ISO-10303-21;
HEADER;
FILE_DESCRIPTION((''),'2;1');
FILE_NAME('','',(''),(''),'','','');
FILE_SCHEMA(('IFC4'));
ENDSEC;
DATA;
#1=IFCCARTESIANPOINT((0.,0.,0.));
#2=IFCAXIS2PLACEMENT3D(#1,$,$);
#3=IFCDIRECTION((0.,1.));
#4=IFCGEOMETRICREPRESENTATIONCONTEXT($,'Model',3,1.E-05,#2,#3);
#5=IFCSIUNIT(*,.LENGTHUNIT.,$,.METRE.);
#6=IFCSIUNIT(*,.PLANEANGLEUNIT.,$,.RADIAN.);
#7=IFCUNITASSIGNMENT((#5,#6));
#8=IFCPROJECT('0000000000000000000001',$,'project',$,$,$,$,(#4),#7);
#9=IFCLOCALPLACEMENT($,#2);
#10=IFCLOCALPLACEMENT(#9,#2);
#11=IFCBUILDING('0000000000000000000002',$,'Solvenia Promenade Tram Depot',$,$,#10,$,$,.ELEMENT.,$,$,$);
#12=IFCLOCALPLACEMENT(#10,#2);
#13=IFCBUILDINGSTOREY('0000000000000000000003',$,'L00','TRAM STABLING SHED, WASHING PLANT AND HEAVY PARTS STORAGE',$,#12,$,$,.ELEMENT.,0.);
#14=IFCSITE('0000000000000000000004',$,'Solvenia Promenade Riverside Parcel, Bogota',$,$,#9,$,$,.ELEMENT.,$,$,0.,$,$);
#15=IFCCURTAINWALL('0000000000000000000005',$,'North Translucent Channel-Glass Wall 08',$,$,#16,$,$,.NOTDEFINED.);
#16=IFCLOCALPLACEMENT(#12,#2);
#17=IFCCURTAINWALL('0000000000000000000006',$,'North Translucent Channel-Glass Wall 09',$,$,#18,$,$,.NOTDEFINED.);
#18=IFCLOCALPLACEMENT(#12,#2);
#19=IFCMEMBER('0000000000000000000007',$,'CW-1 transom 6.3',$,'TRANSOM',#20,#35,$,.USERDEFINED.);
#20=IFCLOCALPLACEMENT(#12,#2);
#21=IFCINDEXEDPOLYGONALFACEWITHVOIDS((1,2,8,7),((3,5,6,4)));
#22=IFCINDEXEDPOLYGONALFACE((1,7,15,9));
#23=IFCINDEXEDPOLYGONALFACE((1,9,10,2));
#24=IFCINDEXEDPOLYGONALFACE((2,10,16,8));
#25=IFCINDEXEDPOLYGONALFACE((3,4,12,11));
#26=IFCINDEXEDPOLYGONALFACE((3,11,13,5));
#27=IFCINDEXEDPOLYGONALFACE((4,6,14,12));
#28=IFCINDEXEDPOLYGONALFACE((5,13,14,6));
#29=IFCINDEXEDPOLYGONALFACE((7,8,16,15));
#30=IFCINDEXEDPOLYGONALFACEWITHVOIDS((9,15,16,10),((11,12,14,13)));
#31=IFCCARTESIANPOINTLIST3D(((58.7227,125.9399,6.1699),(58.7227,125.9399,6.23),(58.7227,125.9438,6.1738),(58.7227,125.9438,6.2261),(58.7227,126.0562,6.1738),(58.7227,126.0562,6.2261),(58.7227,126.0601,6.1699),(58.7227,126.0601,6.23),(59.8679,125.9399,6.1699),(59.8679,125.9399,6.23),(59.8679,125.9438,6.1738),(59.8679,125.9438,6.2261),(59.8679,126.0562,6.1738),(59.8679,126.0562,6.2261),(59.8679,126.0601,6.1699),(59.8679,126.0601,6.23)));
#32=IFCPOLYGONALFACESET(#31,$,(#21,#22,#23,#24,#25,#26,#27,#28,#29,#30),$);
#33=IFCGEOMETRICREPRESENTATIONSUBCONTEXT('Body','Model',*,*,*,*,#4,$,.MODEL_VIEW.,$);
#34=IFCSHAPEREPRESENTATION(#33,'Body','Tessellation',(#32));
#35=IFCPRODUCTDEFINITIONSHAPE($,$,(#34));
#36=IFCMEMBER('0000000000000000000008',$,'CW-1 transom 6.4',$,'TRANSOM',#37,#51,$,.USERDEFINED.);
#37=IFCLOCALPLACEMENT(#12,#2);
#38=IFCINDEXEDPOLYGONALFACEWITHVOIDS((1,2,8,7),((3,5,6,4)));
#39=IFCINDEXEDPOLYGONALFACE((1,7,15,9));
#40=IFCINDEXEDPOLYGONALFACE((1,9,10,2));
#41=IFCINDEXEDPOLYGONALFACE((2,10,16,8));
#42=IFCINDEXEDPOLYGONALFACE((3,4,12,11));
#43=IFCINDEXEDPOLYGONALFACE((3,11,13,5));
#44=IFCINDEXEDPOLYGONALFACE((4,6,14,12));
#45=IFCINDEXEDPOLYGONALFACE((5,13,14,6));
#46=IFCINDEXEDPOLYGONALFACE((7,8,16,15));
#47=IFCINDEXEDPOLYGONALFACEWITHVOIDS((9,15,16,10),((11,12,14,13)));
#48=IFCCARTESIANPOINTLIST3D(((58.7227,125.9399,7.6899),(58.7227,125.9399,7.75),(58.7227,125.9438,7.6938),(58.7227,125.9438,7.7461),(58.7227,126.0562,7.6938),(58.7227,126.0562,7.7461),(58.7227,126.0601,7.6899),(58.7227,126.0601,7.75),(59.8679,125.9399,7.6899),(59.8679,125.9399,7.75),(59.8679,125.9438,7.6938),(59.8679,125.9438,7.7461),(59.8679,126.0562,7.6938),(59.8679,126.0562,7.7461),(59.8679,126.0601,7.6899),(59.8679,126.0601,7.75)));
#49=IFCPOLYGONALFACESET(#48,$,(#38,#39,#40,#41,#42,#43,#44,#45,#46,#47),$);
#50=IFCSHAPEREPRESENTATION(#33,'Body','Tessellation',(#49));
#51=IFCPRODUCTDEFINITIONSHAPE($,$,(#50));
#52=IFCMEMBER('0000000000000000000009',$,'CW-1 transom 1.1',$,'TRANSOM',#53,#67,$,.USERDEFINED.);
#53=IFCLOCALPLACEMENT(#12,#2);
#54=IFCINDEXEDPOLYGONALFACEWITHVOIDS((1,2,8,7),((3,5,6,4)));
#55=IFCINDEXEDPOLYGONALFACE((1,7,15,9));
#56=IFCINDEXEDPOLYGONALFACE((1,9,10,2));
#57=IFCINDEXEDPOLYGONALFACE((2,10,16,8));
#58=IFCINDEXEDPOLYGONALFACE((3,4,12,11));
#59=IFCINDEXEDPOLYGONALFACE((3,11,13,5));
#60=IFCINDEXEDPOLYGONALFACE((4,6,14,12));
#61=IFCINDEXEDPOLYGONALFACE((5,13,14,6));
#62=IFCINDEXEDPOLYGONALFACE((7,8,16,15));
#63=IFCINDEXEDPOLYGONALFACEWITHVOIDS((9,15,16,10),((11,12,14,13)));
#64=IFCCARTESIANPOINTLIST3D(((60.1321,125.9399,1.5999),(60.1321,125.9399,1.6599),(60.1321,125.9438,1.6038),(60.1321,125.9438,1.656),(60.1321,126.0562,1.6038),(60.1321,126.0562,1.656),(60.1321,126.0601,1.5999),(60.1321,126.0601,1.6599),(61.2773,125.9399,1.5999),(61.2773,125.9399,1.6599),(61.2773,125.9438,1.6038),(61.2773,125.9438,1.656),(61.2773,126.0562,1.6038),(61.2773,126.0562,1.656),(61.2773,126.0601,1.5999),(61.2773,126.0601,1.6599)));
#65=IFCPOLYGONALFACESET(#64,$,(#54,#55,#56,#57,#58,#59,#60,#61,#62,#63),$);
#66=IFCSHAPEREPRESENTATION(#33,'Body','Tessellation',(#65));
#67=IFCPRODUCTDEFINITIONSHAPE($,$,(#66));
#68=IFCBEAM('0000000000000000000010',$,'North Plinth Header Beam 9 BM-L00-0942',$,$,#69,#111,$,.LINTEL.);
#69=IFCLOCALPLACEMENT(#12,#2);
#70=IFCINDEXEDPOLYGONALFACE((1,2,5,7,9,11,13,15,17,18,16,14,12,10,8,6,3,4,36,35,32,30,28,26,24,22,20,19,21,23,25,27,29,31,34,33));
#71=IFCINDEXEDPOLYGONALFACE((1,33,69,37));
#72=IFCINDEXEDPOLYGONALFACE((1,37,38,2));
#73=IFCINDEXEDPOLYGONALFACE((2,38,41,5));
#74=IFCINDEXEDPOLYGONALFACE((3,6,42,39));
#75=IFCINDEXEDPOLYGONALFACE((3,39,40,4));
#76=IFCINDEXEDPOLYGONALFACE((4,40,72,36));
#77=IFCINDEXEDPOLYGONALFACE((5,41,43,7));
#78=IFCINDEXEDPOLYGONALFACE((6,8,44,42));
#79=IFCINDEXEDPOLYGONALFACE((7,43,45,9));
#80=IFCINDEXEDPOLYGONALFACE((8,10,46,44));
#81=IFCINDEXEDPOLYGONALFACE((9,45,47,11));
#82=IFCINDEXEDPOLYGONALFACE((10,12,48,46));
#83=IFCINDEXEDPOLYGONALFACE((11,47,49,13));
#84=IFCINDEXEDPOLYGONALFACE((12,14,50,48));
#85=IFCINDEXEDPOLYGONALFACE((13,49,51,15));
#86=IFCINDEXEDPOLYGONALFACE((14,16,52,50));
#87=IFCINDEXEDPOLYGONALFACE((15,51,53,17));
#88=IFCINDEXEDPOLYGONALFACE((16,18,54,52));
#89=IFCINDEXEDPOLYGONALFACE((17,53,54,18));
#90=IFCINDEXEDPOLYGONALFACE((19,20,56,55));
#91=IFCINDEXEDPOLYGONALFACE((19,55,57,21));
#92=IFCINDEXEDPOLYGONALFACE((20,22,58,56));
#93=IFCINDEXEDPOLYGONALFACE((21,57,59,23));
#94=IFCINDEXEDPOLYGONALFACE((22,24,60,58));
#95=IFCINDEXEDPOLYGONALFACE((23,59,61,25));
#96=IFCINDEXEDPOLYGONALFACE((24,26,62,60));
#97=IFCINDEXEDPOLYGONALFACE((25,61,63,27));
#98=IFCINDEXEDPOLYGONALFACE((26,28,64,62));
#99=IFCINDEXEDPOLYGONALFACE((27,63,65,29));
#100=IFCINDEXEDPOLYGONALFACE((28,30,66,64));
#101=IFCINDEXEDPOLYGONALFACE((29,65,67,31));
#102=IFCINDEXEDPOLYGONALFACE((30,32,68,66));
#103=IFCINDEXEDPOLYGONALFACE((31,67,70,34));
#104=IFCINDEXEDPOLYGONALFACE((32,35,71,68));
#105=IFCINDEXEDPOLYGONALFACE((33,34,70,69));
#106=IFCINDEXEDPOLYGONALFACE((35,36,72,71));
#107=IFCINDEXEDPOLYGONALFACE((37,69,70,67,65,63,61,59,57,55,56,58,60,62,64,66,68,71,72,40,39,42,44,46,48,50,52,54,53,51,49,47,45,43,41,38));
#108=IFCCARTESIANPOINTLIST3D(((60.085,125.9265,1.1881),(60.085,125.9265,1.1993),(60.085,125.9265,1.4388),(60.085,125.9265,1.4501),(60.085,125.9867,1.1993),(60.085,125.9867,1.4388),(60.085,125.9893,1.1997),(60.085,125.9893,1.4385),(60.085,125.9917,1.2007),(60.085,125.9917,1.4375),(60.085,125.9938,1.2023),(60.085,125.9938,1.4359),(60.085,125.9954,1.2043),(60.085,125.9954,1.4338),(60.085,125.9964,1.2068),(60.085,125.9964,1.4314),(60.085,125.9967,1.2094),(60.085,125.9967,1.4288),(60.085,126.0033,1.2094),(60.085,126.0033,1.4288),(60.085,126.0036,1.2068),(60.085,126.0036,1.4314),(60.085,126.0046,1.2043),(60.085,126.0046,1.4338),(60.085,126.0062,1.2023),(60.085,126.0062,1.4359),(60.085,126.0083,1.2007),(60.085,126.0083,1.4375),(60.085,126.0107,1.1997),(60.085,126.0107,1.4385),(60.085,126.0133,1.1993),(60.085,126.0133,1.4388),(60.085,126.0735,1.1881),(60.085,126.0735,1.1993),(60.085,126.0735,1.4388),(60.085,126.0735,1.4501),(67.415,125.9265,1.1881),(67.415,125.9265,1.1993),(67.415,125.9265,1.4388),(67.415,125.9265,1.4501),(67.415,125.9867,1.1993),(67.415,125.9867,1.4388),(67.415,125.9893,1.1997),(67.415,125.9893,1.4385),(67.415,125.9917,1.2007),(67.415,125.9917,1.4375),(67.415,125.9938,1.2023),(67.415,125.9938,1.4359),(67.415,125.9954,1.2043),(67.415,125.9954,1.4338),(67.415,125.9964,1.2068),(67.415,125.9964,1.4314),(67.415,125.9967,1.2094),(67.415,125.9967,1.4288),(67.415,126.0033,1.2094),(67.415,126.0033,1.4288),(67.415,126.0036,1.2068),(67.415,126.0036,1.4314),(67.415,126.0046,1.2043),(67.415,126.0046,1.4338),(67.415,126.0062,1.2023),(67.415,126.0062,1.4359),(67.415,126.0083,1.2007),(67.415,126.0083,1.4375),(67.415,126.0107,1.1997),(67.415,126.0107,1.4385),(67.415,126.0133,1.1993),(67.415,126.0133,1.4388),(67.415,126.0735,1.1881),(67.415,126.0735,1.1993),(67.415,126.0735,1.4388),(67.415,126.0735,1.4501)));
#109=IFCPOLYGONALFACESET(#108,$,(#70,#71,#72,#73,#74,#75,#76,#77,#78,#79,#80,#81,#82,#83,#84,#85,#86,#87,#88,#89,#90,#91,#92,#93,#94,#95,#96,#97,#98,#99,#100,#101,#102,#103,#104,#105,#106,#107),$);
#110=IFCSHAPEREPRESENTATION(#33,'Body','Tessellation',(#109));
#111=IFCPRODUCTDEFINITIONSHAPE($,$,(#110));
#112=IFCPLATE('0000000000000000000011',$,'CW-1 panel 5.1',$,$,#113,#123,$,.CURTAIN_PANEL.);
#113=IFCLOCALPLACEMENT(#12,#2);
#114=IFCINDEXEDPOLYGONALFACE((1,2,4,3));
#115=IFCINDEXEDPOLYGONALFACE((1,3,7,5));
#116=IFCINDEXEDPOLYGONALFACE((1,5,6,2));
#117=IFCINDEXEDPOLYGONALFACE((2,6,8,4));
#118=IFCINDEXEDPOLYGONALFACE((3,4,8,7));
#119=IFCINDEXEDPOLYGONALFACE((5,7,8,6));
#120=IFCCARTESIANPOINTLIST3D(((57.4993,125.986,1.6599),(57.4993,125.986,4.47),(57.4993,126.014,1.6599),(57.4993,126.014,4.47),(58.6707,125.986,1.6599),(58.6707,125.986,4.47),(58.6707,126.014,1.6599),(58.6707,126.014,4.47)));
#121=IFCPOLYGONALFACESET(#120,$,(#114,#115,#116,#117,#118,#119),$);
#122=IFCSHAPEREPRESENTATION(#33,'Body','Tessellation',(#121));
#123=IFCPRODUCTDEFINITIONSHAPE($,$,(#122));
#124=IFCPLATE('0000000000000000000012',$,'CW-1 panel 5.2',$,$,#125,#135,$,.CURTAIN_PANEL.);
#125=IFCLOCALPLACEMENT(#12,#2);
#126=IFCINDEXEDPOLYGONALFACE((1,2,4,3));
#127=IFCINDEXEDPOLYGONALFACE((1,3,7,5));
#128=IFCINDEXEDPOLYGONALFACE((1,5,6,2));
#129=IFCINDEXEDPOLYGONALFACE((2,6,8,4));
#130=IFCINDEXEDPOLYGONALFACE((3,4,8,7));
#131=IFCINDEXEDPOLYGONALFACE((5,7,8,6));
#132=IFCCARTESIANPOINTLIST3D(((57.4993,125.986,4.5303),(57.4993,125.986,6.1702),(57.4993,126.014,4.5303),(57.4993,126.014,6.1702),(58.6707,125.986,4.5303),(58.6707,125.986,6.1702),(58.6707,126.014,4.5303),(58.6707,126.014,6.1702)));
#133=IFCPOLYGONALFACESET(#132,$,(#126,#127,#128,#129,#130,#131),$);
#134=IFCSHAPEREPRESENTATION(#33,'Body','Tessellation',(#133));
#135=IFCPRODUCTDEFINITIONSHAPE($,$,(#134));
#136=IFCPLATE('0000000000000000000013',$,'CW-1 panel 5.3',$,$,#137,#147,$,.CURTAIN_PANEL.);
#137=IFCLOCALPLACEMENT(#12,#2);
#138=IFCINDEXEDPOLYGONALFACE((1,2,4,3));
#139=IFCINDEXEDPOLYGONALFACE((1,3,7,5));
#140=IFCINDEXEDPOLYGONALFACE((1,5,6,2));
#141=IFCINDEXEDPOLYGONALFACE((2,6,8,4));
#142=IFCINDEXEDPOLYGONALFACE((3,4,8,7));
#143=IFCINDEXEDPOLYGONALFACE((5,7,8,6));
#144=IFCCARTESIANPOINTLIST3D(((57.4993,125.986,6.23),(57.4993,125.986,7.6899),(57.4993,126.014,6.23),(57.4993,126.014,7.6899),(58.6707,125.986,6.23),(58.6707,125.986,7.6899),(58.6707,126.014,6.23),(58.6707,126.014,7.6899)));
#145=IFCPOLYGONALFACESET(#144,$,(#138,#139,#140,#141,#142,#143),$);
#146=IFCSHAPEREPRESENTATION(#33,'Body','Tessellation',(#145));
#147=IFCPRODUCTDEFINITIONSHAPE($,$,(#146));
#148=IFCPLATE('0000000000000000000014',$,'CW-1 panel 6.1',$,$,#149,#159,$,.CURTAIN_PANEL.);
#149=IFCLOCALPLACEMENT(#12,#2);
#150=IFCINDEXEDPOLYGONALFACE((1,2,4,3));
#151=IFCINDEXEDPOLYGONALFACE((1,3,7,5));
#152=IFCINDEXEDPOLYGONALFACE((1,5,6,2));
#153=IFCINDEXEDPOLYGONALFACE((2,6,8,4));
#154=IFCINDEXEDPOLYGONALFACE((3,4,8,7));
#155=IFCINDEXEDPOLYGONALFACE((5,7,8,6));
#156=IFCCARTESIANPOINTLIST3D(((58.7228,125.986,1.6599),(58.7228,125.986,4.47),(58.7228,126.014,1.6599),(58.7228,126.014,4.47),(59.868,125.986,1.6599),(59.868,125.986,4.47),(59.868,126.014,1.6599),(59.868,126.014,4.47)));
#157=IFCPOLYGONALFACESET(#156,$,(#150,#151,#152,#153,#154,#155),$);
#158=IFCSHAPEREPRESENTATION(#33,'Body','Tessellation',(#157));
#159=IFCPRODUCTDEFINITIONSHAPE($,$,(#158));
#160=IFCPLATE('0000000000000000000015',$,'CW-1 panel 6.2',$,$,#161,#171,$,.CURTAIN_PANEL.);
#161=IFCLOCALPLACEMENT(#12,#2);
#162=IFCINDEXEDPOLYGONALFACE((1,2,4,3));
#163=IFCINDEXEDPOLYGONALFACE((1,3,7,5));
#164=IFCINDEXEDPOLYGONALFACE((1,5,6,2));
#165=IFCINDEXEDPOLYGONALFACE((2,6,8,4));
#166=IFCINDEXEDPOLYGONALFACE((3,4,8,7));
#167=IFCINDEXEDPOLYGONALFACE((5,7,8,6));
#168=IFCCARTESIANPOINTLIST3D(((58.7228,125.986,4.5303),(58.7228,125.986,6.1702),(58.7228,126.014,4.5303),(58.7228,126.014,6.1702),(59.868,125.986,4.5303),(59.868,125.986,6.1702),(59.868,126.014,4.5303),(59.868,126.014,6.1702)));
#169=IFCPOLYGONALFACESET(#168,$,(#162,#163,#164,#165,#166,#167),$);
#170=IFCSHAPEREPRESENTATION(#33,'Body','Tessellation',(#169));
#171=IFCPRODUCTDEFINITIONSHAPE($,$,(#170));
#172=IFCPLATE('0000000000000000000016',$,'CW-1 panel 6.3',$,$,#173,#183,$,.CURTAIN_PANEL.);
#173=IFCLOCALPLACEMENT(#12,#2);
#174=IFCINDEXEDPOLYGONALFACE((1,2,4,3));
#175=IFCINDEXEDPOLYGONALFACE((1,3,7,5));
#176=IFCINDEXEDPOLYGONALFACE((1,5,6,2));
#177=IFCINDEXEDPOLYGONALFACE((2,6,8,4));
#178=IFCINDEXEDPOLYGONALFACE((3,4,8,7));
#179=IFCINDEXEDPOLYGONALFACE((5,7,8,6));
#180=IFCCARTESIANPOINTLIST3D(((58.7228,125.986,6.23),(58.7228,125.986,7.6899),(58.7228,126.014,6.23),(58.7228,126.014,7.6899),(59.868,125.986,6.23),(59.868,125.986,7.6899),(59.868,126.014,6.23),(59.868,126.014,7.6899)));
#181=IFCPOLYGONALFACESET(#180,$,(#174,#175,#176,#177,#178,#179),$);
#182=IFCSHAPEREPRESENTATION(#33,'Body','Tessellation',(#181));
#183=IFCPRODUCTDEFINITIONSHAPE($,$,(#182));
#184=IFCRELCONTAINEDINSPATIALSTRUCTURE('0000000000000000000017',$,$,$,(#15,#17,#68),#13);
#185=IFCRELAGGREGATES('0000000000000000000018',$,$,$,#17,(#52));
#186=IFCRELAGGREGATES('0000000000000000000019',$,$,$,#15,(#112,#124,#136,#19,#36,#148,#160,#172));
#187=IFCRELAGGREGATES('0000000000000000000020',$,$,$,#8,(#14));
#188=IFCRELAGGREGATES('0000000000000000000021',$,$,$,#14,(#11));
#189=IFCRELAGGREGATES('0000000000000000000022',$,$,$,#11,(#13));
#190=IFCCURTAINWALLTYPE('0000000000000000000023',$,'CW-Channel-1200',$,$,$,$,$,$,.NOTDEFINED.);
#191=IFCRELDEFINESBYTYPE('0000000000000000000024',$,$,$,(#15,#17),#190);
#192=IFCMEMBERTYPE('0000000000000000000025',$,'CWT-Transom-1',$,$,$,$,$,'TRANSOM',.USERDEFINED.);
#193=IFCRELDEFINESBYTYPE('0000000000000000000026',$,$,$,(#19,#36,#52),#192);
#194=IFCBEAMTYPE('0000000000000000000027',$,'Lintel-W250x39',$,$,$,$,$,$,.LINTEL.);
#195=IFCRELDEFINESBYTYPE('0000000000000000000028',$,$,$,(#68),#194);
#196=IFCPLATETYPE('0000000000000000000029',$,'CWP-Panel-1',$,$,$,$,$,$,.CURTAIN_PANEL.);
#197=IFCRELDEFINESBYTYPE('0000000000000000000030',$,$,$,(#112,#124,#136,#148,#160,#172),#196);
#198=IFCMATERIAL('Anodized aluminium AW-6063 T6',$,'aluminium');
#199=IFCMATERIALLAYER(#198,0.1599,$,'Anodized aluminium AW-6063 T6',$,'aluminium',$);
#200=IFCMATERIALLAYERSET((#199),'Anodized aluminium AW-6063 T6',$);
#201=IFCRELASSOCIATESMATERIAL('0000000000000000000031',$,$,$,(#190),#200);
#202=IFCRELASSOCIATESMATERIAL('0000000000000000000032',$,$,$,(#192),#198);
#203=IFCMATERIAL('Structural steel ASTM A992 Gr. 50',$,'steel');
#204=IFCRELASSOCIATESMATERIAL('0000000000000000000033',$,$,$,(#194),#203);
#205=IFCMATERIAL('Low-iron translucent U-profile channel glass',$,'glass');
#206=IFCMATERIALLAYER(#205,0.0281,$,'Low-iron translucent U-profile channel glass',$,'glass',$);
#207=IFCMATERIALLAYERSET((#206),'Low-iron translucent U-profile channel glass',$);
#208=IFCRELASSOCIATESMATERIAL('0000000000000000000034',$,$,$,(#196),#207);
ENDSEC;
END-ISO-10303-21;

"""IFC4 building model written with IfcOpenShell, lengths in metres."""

from ifc_helpers import new_model, si_unit, direction, frame, origin, origin_2d, place, context, subcontext, project, spatial, rectangle, hollow_rectangle, i_section, extrude, material, layer, layer_set, material_profile, profile_set, type_object, element, aggregate, save


model = new_model("IFC4")

# Units and contexts
model_context = context("Model", 3, precision=1e-05, world=origin(), true_north=direction((0.0, 1.0)))
body_context = subcontext(model_context, "Body", "Model", "MODEL_VIEW")
ifc_project = project(units=[si_unit("LENGTHUNIT", "METRE"), si_unit("PLANEANGLEUNIT", "RADIAN")], contexts=[model_context])

# Site, building, storey
site_placement = place(None, origin())
site = spatial("IfcSite", under=ifc_project, at=site_placement, Name="Solvenia Promenade Riverside Parcel, Bogota", CompositionType="ELEMENT", RefElevation=0.0)
building_placement = place(site_placement, origin())
building = spatial("IfcBuilding", under=site, at=building_placement, Name="Solvenia Promenade Tram Depot", CompositionType="ELEMENT")
storey_placement = place(building_placement, origin())
storey = spatial("IfcBuildingStorey", under=building, at=storey_placement, Name="L00", Description="TRAM STABLING SHED, WASHING PLANT AND HEAVY PARTS STORAGE", CompositionType="ELEMENT", Elevation=0.0)

# Shared definitions
ifc_material_1 = material(Name="Structural steel ASTM A992 Gr. 50", Category="steel")

# Curtain wall
ifc_material_2 = material(Name="Anodized aluminium AW-6063 T6", Category="aluminium")
ifc_layer_1 = layer(ifc_material_2, 0.1599, Name="Anodized aluminium AW-6063 T6", Category="aluminium")
ifc_layer_set_1 = layer_set([ifc_layer_1], Name="Anodized aluminium AW-6063 T6")
curtain_wall_type = type_object("IfcCurtainWallType", Name="CW-Channel-1200", PredefinedType="NOTDEFINED", material=ifc_layer_set_1)
curtain_wall_1_placement = place(storey_placement, origin())
curtain_wall_1 = element("IfcCurtainWall", 1, at=curtain_wall_1_placement, inside=storey, type_object=curtain_wall_type, Name="North Translucent Channel-Glass Wall 08", PredefinedType="NOTDEFINED")

# Curtain wall
curtain_wall_2_placement = place(storey_placement, origin())
curtain_wall_2 = element("IfcCurtainWall", 2, at=curtain_wall_2_placement, inside=storey, type_object=curtain_wall_type, Name="North Translucent Channel-Glass Wall 09", PredefinedType="NOTDEFINED")

# Members
ifc_material_profile_1 = material_profile(ifc_material_2, hollow_rectangle(XDim=0.1201, YDim=0.0601, WallThickness=0.0039, at=origin_2d()), Name="ALU-T1", Category="aluminium")
ifc_profile_set_1 = profile_set([ifc_material_profile_1], Name="Anodized aluminium AW-6063 T6")
member_type_1 = type_object("IfcMemberType", Name="CWT-Transom-1", ElementType="TRANSOM", PredefinedType="USERDEFINED", material=ifc_profile_set_1)
member_1_placement = place(storey_placement, frame((58.7227, 126.0, 6.2), z_axis=(1.0, 0.0, 0.0), x_axis=(0.0, 1.0, 0.0)))
member_1 = element("IfcMember", 3, at=member_1_placement, type_object=member_type_1, Name="CW-1 transom 6.3", ObjectType="TRANSOM", PredefinedType="USERDEFINED", context=body_context, shape_type="SweptSolid", body=[
    extrude(hollow_rectangle(XDim=0.1201, YDim=0.0601, WallThickness=0.0039, at=origin_2d()), origin(), (0.0, 0.0, 1.0), 1.1453),
])
member_2_placement = place(storey_placement, frame((58.7227, 126.0, 7.72), z_axis=(1.0, 0.0, 0.0), x_axis=(0.0, 1.0, 0.0)))
member_2 = element("IfcMember", 4, at=member_2_placement, type_object=member_type_1, Name="CW-1 transom 6.4", ObjectType="TRANSOM", PredefinedType="USERDEFINED", context=body_context, shape_type="SweptSolid", body=[
    extrude(hollow_rectangle(XDim=0.1201, YDim=0.0601, WallThickness=0.0039, at=origin_2d()), origin(), (0.0, 0.0, 1.0), 1.1453),
])
member_3_placement = place(storey_placement, frame((60.1321, 126.0, 1.6299), z_axis=(1.0, 0.0, 0.0), x_axis=(0.0, 1.0, 0.0)))
member_3 = element("IfcMember", 5, at=member_3_placement, type_object=member_type_1, Name="CW-1 transom 1.1", ObjectType="TRANSOM", PredefinedType="USERDEFINED", context=body_context, shape_type="SweptSolid", body=[
    extrude(hollow_rectangle(XDim=0.1201, YDim=0.0601, WallThickness=0.0039, at=origin_2d()), origin(), (0.0, 0.0, 1.0), 1.1453),
])
aggregate(curtain_wall_2, [member_3])

# Beam
ifc_material_profile_2 = material_profile(ifc_material_1, i_section(OverallWidth=0.147, OverallDepth=0.262, WebThickness=0.0066, FlangeThickness=0.0112, FilletRadius=0.01, at=origin_2d()), Name="W250x39", Category="steel")
ifc_profile_set_2 = profile_set([ifc_material_profile_2], Name="Structural steel ASTM A992 Gr. 50")
beam_type = type_object("IfcBeamType", Name="Lintel-W250x39", PredefinedType="LINTEL", material=ifc_profile_set_2)
beam_placement = place(storey_placement, frame((60.085, 126.0, 1.3191), z_axis=(1.0, 0.0, 0.0), x_axis=(0.0, 1.0, 0.0)))
element("IfcBeam", 6, at=beam_placement, inside=storey, type_object=beam_type, Name="North Plinth Header Beam 9 BM-L00-0942", PredefinedType="LINTEL", context=body_context, shape_type="SweptSolid", body=[
    extrude(i_section(OverallWidth=0.147, OverallDepth=0.262, WebThickness=0.0066, FlangeThickness=0.0112, FilletRadius=0.01, at=origin_2d()), origin(), (0.0, 0.0, 1.0), 7.3301),
])

# Plates
ifc_material_3 = material(Name="Low-iron translucent U-profile channel glass", Category="glass")
ifc_layer_2 = layer(ifc_material_3, 0.0281, Name="Low-iron translucent U-profile channel glass", Category="glass")
ifc_layer_set_2 = layer_set([ifc_layer_2], Name="Low-iron translucent U-profile channel glass")
plate_type = type_object("IfcPlateType", Name="CWP-Panel-1", PredefinedType="CURTAIN_PANEL", material=ifc_layer_set_2)
plate_1_placement = place(storey_placement, frame((58.085, 126.0, 1.6599), z_axis=(0.0, 0.0, 1.0), x_axis=(1.0, 0.0, 0.0)))
plate_1 = element("IfcPlate", 7, at=plate_1_placement, type_object=plate_type, Name="CW-1 panel 5.1", PredefinedType="CURTAIN_PANEL", context=body_context, shape_type="SweptSolid", body=[
    extrude(rectangle(XDim=1.1714, YDim=0.0281, at=origin_2d()), origin(), (0.0, 0.0, 1.0), 2.8101),
])
plate_2_placement = place(storey_placement, frame((58.085, 126.0, 4.5303), z_axis=(0.0, 0.0, 1.0), x_axis=(1.0, 0.0, 0.0)))
plate_2 = element("IfcPlate", 8, at=plate_2_placement, type_object=plate_type, Name="CW-1 panel 5.2", PredefinedType="CURTAIN_PANEL", context=body_context, shape_type="SweptSolid", body=[
    extrude(rectangle(XDim=1.1714, YDim=0.0281, at=origin_2d()), origin(), (0.0, 0.0, 1.0), 1.6399),
])
plate_3_placement = place(storey_placement, frame((58.085, 126.0, 6.23), z_axis=(0.0, 0.0, 1.0), x_axis=(1.0, 0.0, 0.0)))
plate_3 = element("IfcPlate", 9, at=plate_3_placement, type_object=plate_type, Name="CW-1 panel 5.3", PredefinedType="CURTAIN_PANEL", context=body_context, shape_type="SweptSolid", body=[
    extrude(rectangle(XDim=1.1714, YDim=0.0281, at=origin_2d()), origin(), (0.0, 0.0, 1.0), 1.46),
])
plate_4_placement = place(storey_placement, frame((59.2954, 126.0, 1.6599), z_axis=(0.0, 0.0, 1.0), x_axis=(1.0, 0.0, 0.0)))
plate_4 = element("IfcPlate", 10, at=plate_4_placement, type_object=plate_type, Name="CW-1 panel 6.1", PredefinedType="CURTAIN_PANEL", context=body_context, shape_type="SweptSolid", body=[
    extrude(rectangle(XDim=1.1453, YDim=0.0281, at=origin_2d()), origin(), (0.0, 0.0, 1.0), 2.8101),
])
plate_5_placement = place(storey_placement, frame((59.2954, 126.0, 4.5303), z_axis=(0.0, 0.0, 1.0), x_axis=(1.0, 0.0, 0.0)))
plate_5 = element("IfcPlate", 11, at=plate_5_placement, type_object=plate_type, Name="CW-1 panel 6.2", PredefinedType="CURTAIN_PANEL", context=body_context, shape_type="SweptSolid", body=[
    extrude(rectangle(XDim=1.1453, YDim=0.0281, at=origin_2d()), origin(), (0.0, 0.0, 1.0), 1.6399),
])
plate_6_placement = place(storey_placement, frame((59.2954, 126.0, 6.23), z_axis=(0.0, 0.0, 1.0), x_axis=(1.0, 0.0, 0.0)))
plate_6 = element("IfcPlate", 12, at=plate_6_placement, type_object=plate_type, Name="CW-1 panel 6.3", PredefinedType="CURTAIN_PANEL", context=body_context, shape_type="SweptSolid", body=[
    extrude(rectangle(XDim=1.1453, YDim=0.0281, at=origin_2d()), origin(), (0.0, 0.0, 1.0), 1.46),
])
aggregate(curtain_wall_1, [plate_1, plate_2, plate_3, member_1, member_2, plate_4, plate_5, plate_6])

save(model, "model.ifc")
